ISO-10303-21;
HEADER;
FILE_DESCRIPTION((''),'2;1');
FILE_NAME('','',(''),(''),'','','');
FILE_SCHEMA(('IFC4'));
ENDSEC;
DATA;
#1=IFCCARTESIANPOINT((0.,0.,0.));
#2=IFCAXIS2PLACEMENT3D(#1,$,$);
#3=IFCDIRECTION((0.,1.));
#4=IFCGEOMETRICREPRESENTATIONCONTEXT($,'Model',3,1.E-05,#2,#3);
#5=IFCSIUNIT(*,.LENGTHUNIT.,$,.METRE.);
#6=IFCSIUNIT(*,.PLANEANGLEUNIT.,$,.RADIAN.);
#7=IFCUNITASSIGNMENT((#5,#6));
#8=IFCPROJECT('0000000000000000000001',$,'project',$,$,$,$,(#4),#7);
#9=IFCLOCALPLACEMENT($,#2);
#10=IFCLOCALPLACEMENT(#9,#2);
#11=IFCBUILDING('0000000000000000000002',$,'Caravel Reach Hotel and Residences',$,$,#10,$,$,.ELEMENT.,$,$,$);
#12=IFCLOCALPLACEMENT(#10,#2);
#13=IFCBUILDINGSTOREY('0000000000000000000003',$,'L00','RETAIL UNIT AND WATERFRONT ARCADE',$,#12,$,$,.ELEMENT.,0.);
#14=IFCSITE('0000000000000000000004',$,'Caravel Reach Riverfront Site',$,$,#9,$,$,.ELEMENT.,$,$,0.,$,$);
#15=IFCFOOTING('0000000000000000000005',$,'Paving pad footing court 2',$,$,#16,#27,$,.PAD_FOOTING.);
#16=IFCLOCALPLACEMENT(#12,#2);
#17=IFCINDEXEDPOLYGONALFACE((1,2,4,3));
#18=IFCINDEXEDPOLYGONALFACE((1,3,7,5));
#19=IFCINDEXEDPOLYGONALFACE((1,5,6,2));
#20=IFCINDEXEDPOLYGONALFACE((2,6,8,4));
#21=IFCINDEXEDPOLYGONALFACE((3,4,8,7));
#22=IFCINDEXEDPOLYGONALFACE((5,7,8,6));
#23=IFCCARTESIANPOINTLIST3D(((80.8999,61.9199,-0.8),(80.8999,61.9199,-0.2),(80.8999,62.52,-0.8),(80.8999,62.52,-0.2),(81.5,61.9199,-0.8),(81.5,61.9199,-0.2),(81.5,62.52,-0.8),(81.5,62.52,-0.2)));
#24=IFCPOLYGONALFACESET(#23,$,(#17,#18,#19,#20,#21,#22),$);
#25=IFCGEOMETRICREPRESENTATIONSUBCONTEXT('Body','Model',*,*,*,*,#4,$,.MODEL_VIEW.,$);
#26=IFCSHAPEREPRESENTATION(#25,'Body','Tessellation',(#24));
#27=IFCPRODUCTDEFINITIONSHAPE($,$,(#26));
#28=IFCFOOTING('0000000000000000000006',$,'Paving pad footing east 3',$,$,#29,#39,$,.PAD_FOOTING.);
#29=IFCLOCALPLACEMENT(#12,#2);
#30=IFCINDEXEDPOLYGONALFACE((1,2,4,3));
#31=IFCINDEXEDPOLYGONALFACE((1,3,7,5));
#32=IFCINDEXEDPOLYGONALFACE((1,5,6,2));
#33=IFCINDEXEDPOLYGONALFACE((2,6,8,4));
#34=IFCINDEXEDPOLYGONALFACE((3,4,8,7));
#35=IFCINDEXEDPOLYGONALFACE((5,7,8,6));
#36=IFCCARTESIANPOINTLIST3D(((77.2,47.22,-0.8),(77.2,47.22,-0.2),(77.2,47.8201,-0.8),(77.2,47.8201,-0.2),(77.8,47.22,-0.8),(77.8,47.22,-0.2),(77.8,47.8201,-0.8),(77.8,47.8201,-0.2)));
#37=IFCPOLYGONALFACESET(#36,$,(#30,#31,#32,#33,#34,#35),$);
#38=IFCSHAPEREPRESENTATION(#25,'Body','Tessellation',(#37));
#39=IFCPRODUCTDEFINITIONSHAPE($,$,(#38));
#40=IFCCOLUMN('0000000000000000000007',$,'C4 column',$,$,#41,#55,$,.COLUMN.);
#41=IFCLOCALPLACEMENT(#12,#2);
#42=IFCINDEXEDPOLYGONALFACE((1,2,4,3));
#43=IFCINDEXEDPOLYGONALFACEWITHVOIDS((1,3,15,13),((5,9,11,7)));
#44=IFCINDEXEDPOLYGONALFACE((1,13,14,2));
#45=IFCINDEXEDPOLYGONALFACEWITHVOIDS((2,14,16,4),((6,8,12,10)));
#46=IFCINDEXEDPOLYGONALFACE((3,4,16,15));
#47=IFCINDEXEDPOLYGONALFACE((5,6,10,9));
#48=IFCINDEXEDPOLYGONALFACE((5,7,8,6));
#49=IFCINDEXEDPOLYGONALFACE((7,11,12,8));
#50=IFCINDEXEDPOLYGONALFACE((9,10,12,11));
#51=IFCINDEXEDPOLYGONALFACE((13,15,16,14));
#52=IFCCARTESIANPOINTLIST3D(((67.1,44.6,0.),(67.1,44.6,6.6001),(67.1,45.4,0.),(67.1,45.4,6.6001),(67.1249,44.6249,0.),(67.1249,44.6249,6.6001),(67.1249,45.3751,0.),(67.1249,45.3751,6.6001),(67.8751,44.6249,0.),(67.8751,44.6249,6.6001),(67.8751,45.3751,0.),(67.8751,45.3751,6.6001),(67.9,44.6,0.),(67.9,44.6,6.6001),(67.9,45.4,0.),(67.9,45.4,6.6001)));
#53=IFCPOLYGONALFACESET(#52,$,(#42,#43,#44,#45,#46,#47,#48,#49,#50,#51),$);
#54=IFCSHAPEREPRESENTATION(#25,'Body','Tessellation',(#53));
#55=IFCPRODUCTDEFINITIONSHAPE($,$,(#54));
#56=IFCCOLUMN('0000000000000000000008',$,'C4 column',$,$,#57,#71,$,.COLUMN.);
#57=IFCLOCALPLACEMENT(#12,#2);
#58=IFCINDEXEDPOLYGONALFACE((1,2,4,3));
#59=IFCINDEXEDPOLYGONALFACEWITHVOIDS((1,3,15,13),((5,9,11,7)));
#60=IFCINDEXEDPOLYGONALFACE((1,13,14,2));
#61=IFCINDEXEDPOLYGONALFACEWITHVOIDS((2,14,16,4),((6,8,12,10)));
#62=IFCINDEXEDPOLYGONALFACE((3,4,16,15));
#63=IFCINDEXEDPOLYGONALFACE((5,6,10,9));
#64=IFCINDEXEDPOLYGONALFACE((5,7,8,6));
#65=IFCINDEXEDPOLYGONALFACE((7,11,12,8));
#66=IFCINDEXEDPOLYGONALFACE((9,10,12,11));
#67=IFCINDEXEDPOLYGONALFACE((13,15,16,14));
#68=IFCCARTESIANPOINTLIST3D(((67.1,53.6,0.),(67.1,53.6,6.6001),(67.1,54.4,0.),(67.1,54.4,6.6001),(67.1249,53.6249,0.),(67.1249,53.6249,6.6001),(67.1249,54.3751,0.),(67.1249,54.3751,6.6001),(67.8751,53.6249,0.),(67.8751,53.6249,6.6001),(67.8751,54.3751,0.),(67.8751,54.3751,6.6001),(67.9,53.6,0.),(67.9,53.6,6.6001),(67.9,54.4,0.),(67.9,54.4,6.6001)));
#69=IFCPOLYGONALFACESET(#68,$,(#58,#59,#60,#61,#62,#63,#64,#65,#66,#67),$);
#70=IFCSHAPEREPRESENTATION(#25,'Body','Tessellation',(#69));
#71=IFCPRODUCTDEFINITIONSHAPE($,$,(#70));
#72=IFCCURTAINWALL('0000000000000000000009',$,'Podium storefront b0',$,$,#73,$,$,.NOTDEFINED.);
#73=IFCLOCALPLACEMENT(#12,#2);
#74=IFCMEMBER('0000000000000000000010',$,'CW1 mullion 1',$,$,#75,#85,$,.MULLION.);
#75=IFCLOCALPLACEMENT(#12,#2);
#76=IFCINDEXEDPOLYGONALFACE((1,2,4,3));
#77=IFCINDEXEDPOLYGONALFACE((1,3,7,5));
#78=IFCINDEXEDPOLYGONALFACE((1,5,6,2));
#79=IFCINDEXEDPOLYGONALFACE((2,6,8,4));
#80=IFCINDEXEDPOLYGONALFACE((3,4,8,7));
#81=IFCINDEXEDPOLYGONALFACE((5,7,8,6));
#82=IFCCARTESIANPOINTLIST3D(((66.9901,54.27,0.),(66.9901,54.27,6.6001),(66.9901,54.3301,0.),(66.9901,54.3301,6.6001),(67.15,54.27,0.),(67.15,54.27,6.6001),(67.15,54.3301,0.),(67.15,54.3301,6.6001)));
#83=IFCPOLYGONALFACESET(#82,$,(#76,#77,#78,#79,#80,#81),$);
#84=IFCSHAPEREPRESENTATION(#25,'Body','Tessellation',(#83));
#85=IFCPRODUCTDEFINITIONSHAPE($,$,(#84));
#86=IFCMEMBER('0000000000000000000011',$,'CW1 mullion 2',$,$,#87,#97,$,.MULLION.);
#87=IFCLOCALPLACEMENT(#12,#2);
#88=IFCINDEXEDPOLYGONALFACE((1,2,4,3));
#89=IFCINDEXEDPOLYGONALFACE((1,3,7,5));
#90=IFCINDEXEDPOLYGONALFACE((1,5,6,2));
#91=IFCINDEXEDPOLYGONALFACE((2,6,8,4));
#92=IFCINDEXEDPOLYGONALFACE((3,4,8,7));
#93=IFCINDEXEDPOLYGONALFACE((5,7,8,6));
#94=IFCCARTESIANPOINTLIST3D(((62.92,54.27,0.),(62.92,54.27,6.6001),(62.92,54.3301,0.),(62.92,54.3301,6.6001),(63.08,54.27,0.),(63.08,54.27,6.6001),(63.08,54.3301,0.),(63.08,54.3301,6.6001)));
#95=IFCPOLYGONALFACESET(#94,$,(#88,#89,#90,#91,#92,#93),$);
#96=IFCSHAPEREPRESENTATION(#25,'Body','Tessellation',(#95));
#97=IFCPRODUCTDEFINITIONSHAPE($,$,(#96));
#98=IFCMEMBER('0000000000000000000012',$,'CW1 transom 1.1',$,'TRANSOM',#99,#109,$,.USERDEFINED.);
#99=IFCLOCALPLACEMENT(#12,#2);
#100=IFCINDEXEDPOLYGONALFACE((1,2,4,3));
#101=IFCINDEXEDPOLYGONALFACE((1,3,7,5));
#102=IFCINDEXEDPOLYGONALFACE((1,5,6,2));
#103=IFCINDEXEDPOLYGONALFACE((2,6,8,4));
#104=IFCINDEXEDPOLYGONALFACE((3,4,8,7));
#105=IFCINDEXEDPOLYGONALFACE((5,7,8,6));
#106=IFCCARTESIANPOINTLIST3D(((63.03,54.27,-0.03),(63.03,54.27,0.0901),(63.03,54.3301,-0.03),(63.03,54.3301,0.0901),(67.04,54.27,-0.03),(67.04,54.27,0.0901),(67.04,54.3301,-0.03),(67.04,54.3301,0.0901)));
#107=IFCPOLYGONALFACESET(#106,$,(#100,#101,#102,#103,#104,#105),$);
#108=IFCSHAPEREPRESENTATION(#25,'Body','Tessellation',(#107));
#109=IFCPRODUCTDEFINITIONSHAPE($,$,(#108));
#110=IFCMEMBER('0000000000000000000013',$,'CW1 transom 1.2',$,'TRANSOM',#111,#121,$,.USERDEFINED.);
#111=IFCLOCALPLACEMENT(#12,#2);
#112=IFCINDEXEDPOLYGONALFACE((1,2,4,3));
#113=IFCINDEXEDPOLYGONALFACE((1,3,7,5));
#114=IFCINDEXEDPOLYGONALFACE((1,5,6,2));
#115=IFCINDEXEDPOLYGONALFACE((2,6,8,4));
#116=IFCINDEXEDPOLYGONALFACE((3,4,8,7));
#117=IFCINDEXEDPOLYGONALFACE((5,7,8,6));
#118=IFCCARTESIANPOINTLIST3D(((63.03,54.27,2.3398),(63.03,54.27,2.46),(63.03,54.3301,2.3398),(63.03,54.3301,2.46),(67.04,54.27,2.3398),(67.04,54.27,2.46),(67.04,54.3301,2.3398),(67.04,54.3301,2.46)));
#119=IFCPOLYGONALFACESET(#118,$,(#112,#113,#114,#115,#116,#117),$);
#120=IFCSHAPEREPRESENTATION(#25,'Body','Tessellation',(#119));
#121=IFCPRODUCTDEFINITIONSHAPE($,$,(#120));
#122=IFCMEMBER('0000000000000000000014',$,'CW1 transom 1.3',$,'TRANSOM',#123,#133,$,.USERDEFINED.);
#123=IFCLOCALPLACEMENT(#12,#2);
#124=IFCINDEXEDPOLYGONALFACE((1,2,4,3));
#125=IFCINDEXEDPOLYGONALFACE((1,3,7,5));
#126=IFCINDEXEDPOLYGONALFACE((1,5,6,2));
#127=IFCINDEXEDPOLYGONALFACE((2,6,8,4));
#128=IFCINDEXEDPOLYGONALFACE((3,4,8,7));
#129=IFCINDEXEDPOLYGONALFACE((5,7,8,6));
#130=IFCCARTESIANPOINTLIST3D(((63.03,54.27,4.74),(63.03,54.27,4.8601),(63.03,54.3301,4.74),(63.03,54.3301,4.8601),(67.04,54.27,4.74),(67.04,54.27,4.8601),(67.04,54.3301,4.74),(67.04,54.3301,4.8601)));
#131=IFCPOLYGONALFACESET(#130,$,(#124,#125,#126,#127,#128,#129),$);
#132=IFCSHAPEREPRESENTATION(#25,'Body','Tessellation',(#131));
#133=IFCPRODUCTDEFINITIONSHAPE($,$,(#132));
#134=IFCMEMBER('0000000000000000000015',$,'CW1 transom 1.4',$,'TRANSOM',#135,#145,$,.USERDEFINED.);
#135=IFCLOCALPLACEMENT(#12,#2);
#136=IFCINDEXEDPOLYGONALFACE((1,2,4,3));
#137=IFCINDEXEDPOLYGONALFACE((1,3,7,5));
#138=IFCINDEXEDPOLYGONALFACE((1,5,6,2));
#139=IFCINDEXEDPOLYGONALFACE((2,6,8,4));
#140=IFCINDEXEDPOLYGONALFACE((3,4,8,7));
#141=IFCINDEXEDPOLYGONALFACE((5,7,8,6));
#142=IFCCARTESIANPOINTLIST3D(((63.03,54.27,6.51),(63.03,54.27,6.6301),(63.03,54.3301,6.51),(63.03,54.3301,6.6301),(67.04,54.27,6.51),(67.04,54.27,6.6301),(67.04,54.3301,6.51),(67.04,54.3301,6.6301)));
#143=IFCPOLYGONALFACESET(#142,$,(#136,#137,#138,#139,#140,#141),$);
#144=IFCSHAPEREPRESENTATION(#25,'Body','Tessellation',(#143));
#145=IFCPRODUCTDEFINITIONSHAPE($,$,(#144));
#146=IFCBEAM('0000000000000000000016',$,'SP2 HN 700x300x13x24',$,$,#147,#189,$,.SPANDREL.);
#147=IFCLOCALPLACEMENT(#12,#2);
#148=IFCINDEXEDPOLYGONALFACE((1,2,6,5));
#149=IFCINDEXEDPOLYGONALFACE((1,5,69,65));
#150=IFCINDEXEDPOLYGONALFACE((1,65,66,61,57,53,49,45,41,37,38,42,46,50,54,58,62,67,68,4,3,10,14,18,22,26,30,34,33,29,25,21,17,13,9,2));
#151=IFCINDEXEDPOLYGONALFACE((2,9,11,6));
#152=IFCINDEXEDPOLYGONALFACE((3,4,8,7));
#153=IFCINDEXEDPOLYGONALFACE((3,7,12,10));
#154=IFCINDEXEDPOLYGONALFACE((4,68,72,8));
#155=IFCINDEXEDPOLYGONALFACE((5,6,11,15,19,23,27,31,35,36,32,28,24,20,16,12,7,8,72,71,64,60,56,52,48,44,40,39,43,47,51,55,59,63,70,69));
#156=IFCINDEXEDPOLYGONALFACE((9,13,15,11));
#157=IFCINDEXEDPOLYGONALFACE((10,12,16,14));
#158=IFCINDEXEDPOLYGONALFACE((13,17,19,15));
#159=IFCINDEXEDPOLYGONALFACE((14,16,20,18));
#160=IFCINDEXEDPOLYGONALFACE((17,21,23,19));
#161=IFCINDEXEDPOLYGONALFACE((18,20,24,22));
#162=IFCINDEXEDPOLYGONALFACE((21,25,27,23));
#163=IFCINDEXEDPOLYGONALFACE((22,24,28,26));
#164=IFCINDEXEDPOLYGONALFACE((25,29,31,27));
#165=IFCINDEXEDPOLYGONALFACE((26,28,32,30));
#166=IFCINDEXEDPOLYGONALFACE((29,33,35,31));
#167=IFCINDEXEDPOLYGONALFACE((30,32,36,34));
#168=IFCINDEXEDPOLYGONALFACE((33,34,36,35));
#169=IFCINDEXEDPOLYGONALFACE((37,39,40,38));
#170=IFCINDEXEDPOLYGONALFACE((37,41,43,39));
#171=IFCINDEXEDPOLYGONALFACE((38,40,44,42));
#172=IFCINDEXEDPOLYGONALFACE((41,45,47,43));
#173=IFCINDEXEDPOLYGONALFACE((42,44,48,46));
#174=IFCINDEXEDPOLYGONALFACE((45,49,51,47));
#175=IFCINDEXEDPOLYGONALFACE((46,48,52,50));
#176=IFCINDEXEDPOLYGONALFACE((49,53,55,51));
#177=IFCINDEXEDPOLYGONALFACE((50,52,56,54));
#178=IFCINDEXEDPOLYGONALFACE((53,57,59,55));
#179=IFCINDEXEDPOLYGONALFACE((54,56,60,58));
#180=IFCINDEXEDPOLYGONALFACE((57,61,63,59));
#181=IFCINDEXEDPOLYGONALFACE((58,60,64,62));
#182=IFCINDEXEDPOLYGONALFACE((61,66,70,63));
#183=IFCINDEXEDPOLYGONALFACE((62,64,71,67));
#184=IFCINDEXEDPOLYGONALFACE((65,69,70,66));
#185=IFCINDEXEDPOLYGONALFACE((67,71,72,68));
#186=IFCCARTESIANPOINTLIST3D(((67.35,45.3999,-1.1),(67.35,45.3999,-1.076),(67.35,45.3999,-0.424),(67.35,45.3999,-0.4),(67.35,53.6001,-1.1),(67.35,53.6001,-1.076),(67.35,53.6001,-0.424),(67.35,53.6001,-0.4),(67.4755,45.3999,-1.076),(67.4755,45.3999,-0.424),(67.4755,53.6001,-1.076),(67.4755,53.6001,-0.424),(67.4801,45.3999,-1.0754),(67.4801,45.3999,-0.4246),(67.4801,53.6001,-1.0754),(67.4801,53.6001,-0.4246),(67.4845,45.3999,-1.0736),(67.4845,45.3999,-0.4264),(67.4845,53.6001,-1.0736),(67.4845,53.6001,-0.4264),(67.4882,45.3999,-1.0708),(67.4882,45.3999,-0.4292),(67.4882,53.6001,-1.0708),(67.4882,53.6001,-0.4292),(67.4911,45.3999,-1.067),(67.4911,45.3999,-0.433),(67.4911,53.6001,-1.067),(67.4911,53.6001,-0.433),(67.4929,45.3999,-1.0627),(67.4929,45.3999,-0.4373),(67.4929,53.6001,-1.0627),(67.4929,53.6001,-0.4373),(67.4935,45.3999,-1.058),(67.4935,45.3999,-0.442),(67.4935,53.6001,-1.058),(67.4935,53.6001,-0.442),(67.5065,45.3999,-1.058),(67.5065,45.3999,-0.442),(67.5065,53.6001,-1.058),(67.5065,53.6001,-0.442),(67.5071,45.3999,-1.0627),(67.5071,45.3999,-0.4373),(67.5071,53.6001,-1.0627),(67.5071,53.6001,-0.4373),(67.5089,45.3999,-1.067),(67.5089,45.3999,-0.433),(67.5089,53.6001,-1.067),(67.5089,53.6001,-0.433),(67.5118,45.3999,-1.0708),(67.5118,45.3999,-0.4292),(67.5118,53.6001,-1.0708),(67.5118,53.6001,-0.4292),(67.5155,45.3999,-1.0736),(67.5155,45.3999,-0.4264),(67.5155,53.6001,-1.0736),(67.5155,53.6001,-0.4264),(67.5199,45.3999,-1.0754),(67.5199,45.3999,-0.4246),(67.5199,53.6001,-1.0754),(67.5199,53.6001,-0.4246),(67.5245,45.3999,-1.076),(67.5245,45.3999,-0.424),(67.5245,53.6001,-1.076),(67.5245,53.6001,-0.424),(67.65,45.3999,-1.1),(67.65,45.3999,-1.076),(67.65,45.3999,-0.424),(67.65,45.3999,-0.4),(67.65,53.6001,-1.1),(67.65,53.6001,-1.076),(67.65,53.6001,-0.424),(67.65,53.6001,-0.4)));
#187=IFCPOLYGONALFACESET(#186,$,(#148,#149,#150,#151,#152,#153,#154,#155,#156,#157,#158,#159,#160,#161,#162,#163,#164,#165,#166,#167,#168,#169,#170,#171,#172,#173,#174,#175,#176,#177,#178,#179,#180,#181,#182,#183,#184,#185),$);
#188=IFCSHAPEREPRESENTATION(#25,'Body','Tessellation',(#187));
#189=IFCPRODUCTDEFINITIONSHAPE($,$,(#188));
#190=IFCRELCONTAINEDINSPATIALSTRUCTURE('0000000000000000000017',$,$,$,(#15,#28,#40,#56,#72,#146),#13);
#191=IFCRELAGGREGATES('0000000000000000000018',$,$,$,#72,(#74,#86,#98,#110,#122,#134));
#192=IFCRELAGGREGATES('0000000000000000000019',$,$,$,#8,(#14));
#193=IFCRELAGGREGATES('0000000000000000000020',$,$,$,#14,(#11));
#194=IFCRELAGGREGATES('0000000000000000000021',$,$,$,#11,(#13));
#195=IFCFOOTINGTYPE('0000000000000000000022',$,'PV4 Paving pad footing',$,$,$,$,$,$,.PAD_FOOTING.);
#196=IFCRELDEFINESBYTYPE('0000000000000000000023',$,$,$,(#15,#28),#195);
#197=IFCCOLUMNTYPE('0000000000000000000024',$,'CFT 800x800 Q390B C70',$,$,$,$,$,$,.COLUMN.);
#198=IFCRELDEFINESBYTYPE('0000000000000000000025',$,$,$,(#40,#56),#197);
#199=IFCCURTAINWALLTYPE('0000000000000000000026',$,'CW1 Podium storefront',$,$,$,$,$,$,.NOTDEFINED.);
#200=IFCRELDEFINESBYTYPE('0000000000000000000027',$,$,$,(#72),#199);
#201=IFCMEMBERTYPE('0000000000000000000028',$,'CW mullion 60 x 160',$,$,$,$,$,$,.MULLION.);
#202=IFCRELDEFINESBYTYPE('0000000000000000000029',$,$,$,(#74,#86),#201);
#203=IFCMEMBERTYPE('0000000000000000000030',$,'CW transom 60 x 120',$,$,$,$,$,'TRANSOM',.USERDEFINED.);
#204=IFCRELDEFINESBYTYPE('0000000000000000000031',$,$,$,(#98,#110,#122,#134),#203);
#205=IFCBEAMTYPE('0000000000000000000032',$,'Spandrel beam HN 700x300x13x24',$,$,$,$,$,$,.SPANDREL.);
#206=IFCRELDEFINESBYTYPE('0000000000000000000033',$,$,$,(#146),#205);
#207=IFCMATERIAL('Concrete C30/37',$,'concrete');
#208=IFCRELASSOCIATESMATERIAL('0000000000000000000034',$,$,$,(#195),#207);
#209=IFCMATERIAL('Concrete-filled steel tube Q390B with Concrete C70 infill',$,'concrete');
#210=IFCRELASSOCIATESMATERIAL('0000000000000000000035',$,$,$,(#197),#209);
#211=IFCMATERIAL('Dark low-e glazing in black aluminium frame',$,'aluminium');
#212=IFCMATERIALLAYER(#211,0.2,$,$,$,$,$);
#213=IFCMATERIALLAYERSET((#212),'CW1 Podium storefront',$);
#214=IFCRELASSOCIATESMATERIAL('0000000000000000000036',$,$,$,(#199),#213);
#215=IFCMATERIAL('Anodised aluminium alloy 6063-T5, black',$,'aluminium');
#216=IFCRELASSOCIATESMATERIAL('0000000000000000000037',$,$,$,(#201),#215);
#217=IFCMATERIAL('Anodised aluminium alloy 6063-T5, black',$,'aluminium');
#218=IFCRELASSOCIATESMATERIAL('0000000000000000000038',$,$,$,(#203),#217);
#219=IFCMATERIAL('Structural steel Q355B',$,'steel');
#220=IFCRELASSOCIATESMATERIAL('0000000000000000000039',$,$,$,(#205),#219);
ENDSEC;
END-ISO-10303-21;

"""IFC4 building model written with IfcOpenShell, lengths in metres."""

from ifc_helpers import new_model, si_unit, direction, frame, origin, origin_2d, place, context, subcontext, project, spatial, rectangle, hollow_rectangle, i_section, extrude, material, layer, layer_set, material_profile, profile_set, type_object, element, aggregate, save


model = new_model("IFC4")

# Units and contexts
model_context = context("Model", 3, precision=1e-05, world=origin(), true_north=direction((0.0, 1.0)))
body_context = subcontext(model_context, "Body", "Model", "MODEL_VIEW")
ifc_project = project(units=[si_unit("LENGTHUNIT", "METRE"), si_unit("PLANEANGLEUNIT", "RADIAN")], contexts=[model_context])

# Site, building, storey
site_placement = place(None, origin())
site = spatial("IfcSite", under=ifc_project, at=site_placement, Name="Caravel Reach Riverfront Site", CompositionType="ELEMENT", RefElevation=0.0)
building_placement = place(site_placement, origin())
building = spatial("IfcBuilding", under=site, at=building_placement, Name="Caravel Reach Hotel and Residences", CompositionType="ELEMENT")
storey_placement = place(building_placement, origin())
storey = spatial("IfcBuildingStorey", under=building, at=storey_placement, Name="L00", Description="RETAIL UNIT AND WATERFRONT ARCADE", CompositionType="ELEMENT", Elevation=0.0)

# Footings
ifc_material_1 = material(Name="Concrete C30/37", Category="concrete")
footing_type = type_object("IfcFootingType", Name="PV4 Paving pad footing", PredefinedType="PAD_FOOTING", material=ifc_material_1)
for number, where, z_axis, x_axis, name in (
    (1, (81.2, 62.22, -0.8), (0.0, 0.0, 1.0), (1.0, 0.0, 0.0), "Paving pad footing court 2"),
    (2, (77.5, 47.52, -0.8), (0.0, 0.0, 1.0), (1.0, 0.0, 0.0), "Paving pad footing east 3"),
):
    element("IfcFooting", number, at=place(storey_placement, frame(where, z_axis=z_axis, x_axis=x_axis)), inside=storey, type_object=footing_type, Name=name, PredefinedType="PAD_FOOTING", context=body_context, shape_type="SweptSolid", body=[
        extrude(rectangle(XDim=0.6001, YDim=0.6001, at=origin_2d()), origin(), (0.0, 0.0, 1.0), 0.6001),
    ])

# Columns
ifc_material_2 = material(Name="Concrete-filled steel tube Q390B with Concrete C70 infill", Category="concrete")
ifc_material_profile_1 = material_profile(ifc_material_2, hollow_rectangle(XDim=0.8, YDim=0.8, WallThickness=0.0249, at=origin_2d()), Name="RHS 800x800x25")
ifc_profile_set_1 = profile_set([ifc_material_profile_1], Name="Concrete-filled steel tube Q390B with Concrete C70 infill")
column_type = type_object("IfcColumnType", Name="CFT 800x800 Q390B C70", PredefinedType="COLUMN", material=ifc_profile_set_1)
for number, where, z_axis, x_axis, name in (
    (3, (67.5, 45.0, 0.0), (0.0, 0.0, 1.0), (1.0, 0.0, 0.0), "C4 column"),
    (4, (67.5, 54.0, 0.0), (0.0, 0.0, 1.0), (1.0, 0.0, 0.0), "C4 column"),
):
    element("IfcColumn", number, at=place(storey_placement, frame(where, z_axis=z_axis, x_axis=x_axis)), inside=storey, type_object=column_type, Name=name, PredefinedType="COLUMN", context=body_context, shape_type="SweptSolid", body=[
        extrude(hollow_rectangle(XDim=0.8, YDim=0.8, WallThickness=0.0249, at=origin_2d()), origin(), (0.0, 0.0, 1.0), 6.6001),
    ])

# Curtain wall, members
ifc_material_3 = material(Name="Dark low-e glazing in black aluminium frame", Category="aluminium")
ifc_layer_1 = layer(ifc_material_3, 0.2)
ifc_layer_set_1 = layer_set([ifc_layer_1], Name="CW1 Podium storefront")
curtain_wall_type = type_object("IfcCurtainWallType", Name="CW1 Podium storefront", PredefinedType="NOTDEFINED", material=ifc_layer_set_1)
curtain_wall_placement = place(storey_placement, origin())
curtain_wall = element("IfcCurtainWall", 5, at=curtain_wall_placement, inside=storey, type_object=curtain_wall_type, Name="Podium storefront b0", PredefinedType="NOTDEFINED")
ifc_material_4 = material(Name="Anodised aluminium alloy 6063-T5, black", Category="aluminium")
ifc_material_profile_2 = material_profile(ifc_material_4, rectangle(XDim=0.0601, YDim=0.1599, at=origin_2d()), Name="CW mullion 60 x 160")
ifc_profile_set_2 = profile_set([ifc_material_profile_2], Name="Anodised aluminium alloy 6063-T5, black")
member_type_1 = type_object("IfcMemberType", Name="CW mullion 60 x 160", PredefinedType="MULLION", material=ifc_profile_set_2)
member_1_placement = place(storey_placement, frame((67.0701, 54.3, 0.0), z_axis=(0.0, 0.0, 1.0), x_axis=(0.0, -1.0, 0.0)))
member_1 = element("IfcMember", 6, at=member_1_placement, type_object=member_type_1, Name="CW1 mullion 1", PredefinedType="MULLION", context=body_context, shape_type="SweptSolid", body=[
    extrude(rectangle(XDim=0.0601, YDim=0.1599, at=origin_2d()), origin(), (0.0, 0.0, 1.0), 6.6001),
])
member_2_placement = place(storey_placement, frame((63.0, 54.3, 0.0), z_axis=(0.0, 0.0, 1.0), x_axis=(0.0, -1.0, 0.0)))
member_2 = element("IfcMember", 7, at=member_2_placement, type_object=member_type_1, Name="CW1 mullion 2", PredefinedType="MULLION", context=body_context, shape_type="SweptSolid", body=[
    extrude(rectangle(XDim=0.0601, YDim=0.1599, at=origin_2d()), origin(), (0.0, 0.0, 1.0), 6.6001),
])
ifc_material_5 = material(Name="Anodised aluminium alloy 6063-T5, black", Category="aluminium")
ifc_material_profile_3 = material_profile(ifc_material_5, rectangle(XDim=0.0601, YDim=0.1201, at=origin_2d()), Name="CW transom 60 x 120")
ifc_profile_set_3 = profile_set([ifc_material_profile_3], Name="Anodised aluminium alloy 6063-T5, black")
member_type_2 = type_object("IfcMemberType", Name="CW transom 60 x 120", ElementType="TRANSOM", PredefinedType="USERDEFINED", material=ifc_profile_set_3)
member_3_placement = place(storey_placement, frame((67.04, 54.3, 0.03), z_axis=(-1.0, 0.0, 0.0), x_axis=(0.0, -1.0, 0.0)))
member_3 = element("IfcMember", 8, at=member_3_placement, type_object=member_type_2, Name="CW1 transom 1.1", ObjectType="TRANSOM", PredefinedType="USERDEFINED", context=body_context, shape_type="SweptSolid", body=[
    extrude(rectangle(XDim=0.0601, YDim=0.1201, at=origin_2d()), origin(), (0.0, 0.0, 1.0), 4.01),
])
member_4_placement = place(storey_placement, frame((67.04, 54.3, 2.3999), z_axis=(-1.0, 0.0, 0.0), x_axis=(0.0, -1.0, 0.0)))
member_4 = element("IfcMember", 9, at=member_4_placement, type_object=member_type_2, Name="CW1 transom 1.2", ObjectType="TRANSOM", PredefinedType="USERDEFINED", context=body_context, shape_type="SweptSolid", body=[
    extrude(rectangle(XDim=0.0601, YDim=0.1201, at=origin_2d()), origin(), (0.0, 0.0, 1.0), 4.01),
])
member_5_placement = place(storey_placement, frame((67.04, 54.3, 4.8), z_axis=(-1.0, 0.0, 0.0), x_axis=(0.0, -1.0, 0.0)))
member_5 = element("IfcMember", 10, at=member_5_placement, type_object=member_type_2, Name="CW1 transom 1.3", ObjectType="TRANSOM", PredefinedType="USERDEFINED", context=body_context, shape_type="SweptSolid", body=[
    extrude(rectangle(XDim=0.0601, YDim=0.1201, at=origin_2d()), origin(), (0.0, 0.0, 1.0), 4.01),
])
member_6_placement = place(storey_placement, frame((67.04, 54.3, 6.5701), z_axis=(-1.0, 0.0, 0.0), x_axis=(0.0, -1.0, 0.0)))
member_6 = element("IfcMember", 11, at=member_6_placement, type_object=member_type_2, Name="CW1 transom 1.4", ObjectType="TRANSOM", PredefinedType="USERDEFINED", context=body_context, shape_type="SweptSolid", body=[
    extrude(rectangle(XDim=0.0601, YDim=0.1201, at=origin_2d()), origin(), (0.0, 0.0, 1.0), 4.01),
])

# Beam
ifc_material_6 = material(Name="Structural steel Q355B", Category="steel")
ifc_material_profile_4 = material_profile(ifc_material_6, i_section(OverallWidth=0.3, OverallDepth=0.7, WebThickness=0.0129, FlangeThickness=0.0239, FilletRadius=0.0181, at=origin_2d()), Name="HN 700x300x13x24")
ifc_profile_set_4 = profile_set([ifc_material_profile_4], Name="Structural steel Q355B")
beam_type = type_object("IfcBeamType", Name="Spandrel beam HN 700x300x13x24", PredefinedType="SPANDREL", material=ifc_profile_set_4)
for number, where, z_axis, x_axis, name in (
    (12, (67.5, 45.3999, -0.75), (0.0, 1.0, 0.0), (-1.0, 0.0, 0.0), "SP2 HN 700x300x13x24"),
):
    element("IfcBeam", number, at=place(storey_placement, frame(where, z_axis=z_axis, x_axis=x_axis)), inside=storey, type_object=beam_type, Name=name, PredefinedType="SPANDREL", context=body_context, shape_type="SweptSolid", body=[
        extrude(i_section(OverallWidth=0.3, OverallDepth=0.7, WebThickness=0.0129, FlangeThickness=0.0239, FilletRadius=0.0181, at=origin_2d()), origin(), (0.0, 0.0, 1.0), 8.2002),
    ])

aggregate(curtain_wall, [member_1, member_2, member_3, member_4, member_5, member_6])

save(model, "model.ifc")
